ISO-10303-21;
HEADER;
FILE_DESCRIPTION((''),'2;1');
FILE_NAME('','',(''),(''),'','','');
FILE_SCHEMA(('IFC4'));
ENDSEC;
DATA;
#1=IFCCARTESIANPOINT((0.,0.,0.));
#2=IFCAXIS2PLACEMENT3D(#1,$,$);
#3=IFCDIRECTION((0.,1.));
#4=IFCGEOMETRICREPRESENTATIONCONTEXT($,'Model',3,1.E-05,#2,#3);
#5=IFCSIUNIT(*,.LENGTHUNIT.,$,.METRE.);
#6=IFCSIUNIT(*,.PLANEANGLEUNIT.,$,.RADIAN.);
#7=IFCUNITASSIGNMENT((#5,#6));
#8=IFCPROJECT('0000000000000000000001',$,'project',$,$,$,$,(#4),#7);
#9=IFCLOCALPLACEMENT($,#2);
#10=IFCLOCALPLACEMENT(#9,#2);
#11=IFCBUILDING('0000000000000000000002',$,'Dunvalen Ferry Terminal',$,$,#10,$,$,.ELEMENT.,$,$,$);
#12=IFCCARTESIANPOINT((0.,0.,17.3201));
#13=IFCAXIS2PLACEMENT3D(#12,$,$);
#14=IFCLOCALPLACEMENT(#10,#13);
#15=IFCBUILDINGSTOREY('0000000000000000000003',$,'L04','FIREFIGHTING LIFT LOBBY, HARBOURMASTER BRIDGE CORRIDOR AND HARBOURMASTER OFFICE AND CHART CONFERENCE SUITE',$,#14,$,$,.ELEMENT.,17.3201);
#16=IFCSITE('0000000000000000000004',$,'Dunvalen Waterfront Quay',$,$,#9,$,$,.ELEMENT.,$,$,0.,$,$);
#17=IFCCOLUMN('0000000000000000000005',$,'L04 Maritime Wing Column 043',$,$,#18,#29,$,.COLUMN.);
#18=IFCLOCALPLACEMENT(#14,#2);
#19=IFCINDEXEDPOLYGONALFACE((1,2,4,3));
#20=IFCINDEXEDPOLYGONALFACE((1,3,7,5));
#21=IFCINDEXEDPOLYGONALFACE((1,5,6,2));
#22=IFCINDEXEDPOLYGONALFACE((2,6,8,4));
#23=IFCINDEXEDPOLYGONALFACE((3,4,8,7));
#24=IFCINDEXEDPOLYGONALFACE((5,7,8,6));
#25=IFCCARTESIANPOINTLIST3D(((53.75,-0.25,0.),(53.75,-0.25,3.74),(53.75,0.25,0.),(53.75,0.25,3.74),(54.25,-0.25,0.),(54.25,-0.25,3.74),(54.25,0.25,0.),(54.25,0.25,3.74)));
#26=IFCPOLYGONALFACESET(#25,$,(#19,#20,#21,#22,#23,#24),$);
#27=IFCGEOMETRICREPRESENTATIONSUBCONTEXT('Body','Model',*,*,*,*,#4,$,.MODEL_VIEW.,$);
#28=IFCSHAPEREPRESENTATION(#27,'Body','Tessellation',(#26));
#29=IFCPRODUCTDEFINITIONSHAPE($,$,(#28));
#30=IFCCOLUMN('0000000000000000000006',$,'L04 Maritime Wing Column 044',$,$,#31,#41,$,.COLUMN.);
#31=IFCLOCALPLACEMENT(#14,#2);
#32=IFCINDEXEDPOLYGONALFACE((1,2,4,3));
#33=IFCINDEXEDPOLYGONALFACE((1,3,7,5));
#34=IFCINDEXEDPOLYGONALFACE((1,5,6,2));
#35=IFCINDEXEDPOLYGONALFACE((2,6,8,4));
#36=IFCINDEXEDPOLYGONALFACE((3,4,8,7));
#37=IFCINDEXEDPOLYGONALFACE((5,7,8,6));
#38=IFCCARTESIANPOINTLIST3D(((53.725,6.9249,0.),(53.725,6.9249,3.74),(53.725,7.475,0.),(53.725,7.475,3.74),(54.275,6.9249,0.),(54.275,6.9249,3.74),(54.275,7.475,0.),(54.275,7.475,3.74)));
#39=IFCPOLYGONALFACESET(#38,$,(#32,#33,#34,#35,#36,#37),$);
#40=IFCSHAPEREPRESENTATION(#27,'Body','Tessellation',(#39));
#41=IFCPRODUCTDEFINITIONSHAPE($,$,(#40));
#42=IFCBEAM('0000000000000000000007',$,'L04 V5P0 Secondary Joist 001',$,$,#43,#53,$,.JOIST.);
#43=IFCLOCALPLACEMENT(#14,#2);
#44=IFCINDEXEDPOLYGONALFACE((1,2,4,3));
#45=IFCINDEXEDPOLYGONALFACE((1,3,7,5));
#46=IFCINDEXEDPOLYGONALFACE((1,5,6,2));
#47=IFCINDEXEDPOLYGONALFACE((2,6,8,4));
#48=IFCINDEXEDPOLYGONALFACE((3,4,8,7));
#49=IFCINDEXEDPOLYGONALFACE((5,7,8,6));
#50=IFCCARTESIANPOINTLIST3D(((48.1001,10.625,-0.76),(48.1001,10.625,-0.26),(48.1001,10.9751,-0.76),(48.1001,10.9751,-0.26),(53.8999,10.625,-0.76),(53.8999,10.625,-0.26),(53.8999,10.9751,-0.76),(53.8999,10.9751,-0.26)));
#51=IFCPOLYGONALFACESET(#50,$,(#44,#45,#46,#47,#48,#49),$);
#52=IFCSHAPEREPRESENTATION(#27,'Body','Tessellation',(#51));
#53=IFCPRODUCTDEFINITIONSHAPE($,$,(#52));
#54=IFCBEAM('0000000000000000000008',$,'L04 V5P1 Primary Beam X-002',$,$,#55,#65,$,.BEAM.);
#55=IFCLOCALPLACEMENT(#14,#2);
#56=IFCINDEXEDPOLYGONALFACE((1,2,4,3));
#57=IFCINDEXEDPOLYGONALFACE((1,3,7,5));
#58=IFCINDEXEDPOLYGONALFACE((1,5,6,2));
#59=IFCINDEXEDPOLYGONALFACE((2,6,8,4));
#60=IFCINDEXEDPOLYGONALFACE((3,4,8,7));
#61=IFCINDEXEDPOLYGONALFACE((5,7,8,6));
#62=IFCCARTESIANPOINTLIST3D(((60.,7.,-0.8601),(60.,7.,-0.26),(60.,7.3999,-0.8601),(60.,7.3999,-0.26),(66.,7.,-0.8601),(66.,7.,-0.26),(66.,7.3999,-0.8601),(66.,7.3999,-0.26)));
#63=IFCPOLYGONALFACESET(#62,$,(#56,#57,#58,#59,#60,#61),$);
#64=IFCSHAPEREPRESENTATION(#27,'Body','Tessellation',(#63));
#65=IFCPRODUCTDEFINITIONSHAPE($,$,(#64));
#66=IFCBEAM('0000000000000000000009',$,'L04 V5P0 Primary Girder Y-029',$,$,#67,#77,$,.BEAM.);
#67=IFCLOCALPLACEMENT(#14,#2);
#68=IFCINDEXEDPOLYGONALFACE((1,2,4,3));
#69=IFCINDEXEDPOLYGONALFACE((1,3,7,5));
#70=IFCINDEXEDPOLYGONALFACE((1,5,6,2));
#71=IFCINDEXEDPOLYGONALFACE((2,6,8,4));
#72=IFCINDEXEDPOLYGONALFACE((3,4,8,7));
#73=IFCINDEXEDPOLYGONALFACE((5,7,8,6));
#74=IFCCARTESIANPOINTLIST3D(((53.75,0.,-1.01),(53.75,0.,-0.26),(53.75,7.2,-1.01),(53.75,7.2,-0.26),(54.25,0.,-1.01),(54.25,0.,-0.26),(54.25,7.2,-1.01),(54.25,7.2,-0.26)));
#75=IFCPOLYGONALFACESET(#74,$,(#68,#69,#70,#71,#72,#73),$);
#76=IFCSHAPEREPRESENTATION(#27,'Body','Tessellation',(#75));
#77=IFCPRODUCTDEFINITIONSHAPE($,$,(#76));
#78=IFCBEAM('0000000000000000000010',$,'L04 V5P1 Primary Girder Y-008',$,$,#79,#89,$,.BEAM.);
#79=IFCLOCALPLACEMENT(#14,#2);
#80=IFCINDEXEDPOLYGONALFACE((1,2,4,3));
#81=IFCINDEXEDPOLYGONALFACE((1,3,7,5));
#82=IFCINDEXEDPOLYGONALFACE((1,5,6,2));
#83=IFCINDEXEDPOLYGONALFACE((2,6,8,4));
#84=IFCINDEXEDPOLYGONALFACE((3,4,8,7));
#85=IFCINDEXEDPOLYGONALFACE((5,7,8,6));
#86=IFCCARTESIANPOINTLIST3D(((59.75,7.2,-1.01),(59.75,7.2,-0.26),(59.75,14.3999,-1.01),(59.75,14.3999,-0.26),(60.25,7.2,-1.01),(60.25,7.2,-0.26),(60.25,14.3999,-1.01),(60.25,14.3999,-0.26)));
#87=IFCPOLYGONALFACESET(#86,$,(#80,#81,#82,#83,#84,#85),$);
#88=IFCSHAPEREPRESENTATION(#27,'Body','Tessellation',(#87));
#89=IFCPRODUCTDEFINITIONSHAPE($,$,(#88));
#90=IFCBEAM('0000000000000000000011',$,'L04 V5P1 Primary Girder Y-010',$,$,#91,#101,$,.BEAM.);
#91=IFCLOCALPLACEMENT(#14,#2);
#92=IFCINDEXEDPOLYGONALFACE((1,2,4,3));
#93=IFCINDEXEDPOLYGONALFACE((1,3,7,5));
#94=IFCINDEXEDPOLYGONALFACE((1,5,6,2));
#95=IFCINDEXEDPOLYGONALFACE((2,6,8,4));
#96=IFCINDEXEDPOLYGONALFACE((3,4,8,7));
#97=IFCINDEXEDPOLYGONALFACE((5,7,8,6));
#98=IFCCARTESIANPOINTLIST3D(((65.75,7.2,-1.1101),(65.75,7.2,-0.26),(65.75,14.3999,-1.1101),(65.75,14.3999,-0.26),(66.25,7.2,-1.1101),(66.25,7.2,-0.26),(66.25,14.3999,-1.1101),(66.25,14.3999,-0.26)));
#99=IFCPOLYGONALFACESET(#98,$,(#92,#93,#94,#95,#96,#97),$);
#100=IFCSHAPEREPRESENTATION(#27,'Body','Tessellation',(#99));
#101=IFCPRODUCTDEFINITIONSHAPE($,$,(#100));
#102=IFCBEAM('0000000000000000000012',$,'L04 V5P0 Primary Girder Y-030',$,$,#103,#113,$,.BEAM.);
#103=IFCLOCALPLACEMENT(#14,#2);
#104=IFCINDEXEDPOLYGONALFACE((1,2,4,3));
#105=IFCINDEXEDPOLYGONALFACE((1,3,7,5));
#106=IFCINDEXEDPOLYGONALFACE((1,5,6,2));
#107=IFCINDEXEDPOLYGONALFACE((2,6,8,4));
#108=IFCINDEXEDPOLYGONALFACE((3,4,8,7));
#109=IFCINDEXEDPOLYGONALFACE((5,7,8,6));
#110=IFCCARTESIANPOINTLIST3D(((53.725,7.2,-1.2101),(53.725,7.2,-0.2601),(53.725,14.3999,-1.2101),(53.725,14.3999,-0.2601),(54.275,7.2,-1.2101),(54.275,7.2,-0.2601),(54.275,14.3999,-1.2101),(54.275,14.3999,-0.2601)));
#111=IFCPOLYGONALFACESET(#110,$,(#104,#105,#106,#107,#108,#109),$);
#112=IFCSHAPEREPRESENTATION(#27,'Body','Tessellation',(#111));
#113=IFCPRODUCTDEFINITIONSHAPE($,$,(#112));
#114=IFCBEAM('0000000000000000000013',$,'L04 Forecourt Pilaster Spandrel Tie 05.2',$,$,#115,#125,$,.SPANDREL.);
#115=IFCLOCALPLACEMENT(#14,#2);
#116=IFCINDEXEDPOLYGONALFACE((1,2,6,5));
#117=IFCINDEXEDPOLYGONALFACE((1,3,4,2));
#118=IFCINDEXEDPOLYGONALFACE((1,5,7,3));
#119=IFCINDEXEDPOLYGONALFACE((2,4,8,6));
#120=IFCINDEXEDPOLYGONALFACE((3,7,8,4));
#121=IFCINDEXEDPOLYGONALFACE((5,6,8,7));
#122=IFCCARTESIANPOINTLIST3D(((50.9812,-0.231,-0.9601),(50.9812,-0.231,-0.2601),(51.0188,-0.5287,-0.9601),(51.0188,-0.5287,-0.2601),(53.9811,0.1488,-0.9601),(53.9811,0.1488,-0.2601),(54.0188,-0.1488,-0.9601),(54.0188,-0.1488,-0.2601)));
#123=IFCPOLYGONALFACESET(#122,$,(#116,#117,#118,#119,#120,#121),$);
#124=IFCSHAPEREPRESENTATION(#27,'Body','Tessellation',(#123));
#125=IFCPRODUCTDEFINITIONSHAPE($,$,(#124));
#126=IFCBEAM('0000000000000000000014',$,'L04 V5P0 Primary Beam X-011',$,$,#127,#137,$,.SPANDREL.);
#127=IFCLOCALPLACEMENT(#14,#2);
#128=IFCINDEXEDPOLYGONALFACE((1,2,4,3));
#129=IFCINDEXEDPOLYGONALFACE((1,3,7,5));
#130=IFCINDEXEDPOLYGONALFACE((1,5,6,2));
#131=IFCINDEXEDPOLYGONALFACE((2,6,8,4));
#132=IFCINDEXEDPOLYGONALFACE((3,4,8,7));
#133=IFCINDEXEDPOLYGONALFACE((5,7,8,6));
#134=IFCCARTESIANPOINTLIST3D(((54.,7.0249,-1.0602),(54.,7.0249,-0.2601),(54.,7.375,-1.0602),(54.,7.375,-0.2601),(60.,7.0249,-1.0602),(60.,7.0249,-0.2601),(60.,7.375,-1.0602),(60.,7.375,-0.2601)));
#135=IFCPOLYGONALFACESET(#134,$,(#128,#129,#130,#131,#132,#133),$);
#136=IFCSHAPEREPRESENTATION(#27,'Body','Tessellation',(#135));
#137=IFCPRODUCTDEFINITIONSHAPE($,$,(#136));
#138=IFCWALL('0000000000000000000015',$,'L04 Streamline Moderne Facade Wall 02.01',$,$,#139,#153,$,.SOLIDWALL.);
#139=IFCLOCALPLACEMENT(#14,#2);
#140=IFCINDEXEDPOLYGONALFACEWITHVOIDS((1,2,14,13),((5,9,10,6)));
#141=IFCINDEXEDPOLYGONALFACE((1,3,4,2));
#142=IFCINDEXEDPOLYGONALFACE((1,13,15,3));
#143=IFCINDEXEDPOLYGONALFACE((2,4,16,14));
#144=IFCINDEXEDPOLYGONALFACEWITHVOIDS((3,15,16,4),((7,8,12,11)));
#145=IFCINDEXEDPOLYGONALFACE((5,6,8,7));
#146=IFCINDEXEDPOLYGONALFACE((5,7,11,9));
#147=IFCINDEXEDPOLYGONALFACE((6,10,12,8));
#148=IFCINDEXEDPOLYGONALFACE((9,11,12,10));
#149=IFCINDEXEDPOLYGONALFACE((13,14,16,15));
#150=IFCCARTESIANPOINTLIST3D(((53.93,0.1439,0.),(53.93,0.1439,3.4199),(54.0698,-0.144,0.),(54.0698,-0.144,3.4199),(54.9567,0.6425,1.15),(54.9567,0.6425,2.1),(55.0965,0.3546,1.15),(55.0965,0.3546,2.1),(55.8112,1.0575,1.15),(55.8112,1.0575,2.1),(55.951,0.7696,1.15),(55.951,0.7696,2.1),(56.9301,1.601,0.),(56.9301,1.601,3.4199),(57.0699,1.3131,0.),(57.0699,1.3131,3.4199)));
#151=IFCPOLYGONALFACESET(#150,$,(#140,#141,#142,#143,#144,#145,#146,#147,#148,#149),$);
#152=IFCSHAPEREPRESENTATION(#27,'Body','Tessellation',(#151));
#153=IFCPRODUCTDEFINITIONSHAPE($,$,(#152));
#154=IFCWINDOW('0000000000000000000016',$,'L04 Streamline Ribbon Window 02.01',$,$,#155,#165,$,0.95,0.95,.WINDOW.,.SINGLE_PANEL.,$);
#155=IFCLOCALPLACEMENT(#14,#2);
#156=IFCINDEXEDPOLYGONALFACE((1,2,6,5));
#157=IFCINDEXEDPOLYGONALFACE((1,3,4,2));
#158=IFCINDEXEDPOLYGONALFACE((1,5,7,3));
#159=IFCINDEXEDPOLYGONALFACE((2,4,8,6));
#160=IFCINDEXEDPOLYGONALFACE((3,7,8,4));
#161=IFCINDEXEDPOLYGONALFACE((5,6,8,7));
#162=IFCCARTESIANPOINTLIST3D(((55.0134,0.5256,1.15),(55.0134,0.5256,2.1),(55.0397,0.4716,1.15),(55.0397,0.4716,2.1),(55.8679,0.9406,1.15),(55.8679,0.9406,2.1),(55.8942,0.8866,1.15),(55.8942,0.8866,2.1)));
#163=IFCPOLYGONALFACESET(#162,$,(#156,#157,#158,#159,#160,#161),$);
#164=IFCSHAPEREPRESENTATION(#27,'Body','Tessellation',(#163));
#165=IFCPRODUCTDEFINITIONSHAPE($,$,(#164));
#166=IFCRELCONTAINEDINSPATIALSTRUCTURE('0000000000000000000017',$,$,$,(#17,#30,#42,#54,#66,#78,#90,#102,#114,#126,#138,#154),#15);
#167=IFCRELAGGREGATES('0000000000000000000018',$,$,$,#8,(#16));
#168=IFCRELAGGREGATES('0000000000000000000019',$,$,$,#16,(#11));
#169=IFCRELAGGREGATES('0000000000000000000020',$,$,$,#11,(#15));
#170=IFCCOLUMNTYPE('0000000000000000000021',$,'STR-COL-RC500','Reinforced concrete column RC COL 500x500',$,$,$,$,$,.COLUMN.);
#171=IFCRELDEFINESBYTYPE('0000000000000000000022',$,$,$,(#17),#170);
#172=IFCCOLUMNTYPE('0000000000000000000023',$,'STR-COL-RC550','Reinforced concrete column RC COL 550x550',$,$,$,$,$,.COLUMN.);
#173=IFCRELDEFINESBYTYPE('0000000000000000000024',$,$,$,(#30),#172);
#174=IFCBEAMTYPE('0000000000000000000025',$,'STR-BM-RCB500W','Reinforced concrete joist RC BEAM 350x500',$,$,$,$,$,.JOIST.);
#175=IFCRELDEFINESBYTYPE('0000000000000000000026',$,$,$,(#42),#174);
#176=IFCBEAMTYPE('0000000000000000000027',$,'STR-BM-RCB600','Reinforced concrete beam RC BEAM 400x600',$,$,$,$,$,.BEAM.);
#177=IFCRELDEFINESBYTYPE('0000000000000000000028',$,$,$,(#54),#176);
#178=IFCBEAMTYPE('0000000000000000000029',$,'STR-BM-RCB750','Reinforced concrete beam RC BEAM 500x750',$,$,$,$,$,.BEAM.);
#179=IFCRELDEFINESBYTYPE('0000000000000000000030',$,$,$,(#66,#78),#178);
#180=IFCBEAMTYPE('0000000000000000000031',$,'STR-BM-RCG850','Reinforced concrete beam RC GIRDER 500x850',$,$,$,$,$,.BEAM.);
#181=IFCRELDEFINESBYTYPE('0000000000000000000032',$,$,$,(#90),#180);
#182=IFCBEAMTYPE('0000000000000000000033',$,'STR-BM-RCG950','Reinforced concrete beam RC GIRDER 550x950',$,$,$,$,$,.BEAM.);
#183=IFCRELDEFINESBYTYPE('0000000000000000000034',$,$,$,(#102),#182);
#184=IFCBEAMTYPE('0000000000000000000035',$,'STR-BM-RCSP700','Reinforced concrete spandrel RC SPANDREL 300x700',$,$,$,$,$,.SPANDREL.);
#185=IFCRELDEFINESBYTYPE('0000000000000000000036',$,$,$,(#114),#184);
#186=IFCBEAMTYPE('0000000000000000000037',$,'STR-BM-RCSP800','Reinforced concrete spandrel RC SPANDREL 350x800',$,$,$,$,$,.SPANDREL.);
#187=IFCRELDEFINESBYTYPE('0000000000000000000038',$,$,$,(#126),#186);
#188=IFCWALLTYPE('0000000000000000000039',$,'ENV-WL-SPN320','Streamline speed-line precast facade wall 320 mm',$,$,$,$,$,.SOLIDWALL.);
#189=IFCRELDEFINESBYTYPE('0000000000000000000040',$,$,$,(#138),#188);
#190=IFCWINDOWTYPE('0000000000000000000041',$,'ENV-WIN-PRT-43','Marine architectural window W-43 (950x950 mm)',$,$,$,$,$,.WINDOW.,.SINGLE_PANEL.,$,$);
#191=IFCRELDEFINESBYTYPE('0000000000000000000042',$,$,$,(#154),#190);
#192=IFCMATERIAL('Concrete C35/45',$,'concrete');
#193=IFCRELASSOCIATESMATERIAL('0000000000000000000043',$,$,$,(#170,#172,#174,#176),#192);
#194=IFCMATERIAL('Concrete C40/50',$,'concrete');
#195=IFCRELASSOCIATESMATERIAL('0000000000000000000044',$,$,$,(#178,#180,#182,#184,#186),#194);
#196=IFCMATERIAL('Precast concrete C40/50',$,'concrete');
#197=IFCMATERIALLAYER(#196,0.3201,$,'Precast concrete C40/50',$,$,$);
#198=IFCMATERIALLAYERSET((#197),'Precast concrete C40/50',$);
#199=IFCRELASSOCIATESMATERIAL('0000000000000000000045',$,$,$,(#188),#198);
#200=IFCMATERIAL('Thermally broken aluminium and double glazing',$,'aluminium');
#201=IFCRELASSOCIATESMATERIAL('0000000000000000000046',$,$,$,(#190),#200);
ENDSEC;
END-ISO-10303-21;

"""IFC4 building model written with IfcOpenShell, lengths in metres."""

from ifc_helpers import new_model, si_unit, direction, frame, frame_2d, origin, origin_2d, place, context, subcontext, project, spatial, rectangle, extrude, material, layer, layer_set, material_profile, profile_set, type_object, element, fill, save


model = new_model("IFC4")

# Units and contexts
model_context = context("Model", 3, precision=1e-05, world=origin(), true_north=direction((0.0, 1.0)))
body_context = subcontext(model_context, "Body", "Model", "MODEL_VIEW")
ifc_project = project(units=[si_unit("LENGTHUNIT", "METRE"), si_unit("PLANEANGLEUNIT", "RADIAN")], contexts=[model_context])

# Site, building, storey
site_placement = place(None, origin())
site = spatial("IfcSite", under=ifc_project, at=site_placement, Name="Dunvalen Waterfront Quay", CompositionType="ELEMENT", RefElevation=0.0)
building_placement = place(site_placement, origin())
building = spatial("IfcBuilding", under=site, at=building_placement, Name="Dunvalen Ferry Terminal", CompositionType="ELEMENT")
storey_placement = place(building_placement, frame((0.0, 0.0, 17.3201)))
storey = spatial("IfcBuildingStorey", under=building, at=storey_placement, Name="L04", Description="FIREFIGHTING LIFT LOBBY, HARBOURMASTER BRIDGE CORRIDOR AND HARBOURMASTER OFFICE AND CHART CONFERENCE SUITE", CompositionType="ELEMENT", Elevation=17.3201)

# Columns
ifc_material_1 = material(Name="Concrete C35/45", Category="concrete")
ifc_material_profile_1 = material_profile(ifc_material_1, rectangle(XDim=0.5, YDim=0.5, at=origin_2d()), Name="Concrete C35/45")
ifc_profile_set_1 = profile_set([ifc_material_profile_1], Name="Concrete C35/45")
column_type_1 = type_object("IfcColumnType", Name="STR-COL-RC500", Description="Reinforced concrete column RC COL 500x500", PredefinedType="COLUMN", material=ifc_profile_set_1)
column_1_placement = place(storey_placement, frame((54.0, 0.0, 0.0), z_axis=(0.0, 0.0, 1.0), x_axis=(1.0, 0.0, 0.0)))
element("IfcColumn", 1, at=column_1_placement, inside=storey, type_object=column_type_1, Name="L04 Maritime Wing Column 043", PredefinedType="COLUMN", context=body_context, shape_type="SweptSolid", body=[
    extrude(rectangle(XDim=0.5, YDim=0.5, at=origin_2d()), origin(), (0.0, 0.0, 1.0), 3.74),
])
ifc_material_profile_2 = material_profile(ifc_material_1, rectangle(XDim=0.55, YDim=0.55, at=origin_2d()), Name="Concrete C35/45")
ifc_profile_set_2 = profile_set([ifc_material_profile_2], Name="Concrete C35/45")
column_type_2 = type_object("IfcColumnType", Name="STR-COL-RC550", Description="Reinforced concrete column RC COL 550x550", PredefinedType="COLUMN", material=ifc_profile_set_2)
column_2_placement = place(storey_placement, frame((54.0, 7.2, 0.0), z_axis=(0.0, 0.0, 1.0), x_axis=(1.0, 0.0, 0.0)))
element("IfcColumn", 2, at=column_2_placement, inside=storey, type_object=column_type_2, Name="L04 Maritime Wing Column 044", PredefinedType="COLUMN", context=body_context, shape_type="SweptSolid", body=[
    extrude(rectangle(XDim=0.55, YDim=0.55, at=origin_2d()), origin(), (0.0, 0.0, 1.0), 3.74),
])

# Beams
ifc_material_profile_3 = material_profile(ifc_material_1, rectangle(XDim=0.3501, YDim=0.5, at=origin_2d()), Name="Concrete C35/45")
ifc_profile_set_3 = profile_set([ifc_material_profile_3], Name="Concrete C35/45")
beam_type_1 = type_object("IfcBeamType", Name="STR-BM-RCB500W", Description="Reinforced concrete joist RC BEAM 350x500", PredefinedType="JOIST", material=ifc_profile_set_3)
beam_1_placement = place(storey_placement, frame((48.1001, 10.8, -0.51), z_axis=(1.0, 0.0, 0.0), x_axis=(0.0, 1.0, 0.0)))
element("IfcBeam", 3, at=beam_1_placement, inside=storey, type_object=beam_type_1, Name="L04 V5P0 Secondary Joist 001", PredefinedType="JOIST", context=body_context, shape_type="SweptSolid", body=[
    extrude(rectangle(XDim=0.3501, YDim=0.5, at=origin_2d()), origin(), (0.0, 0.0, 1.0), 5.7998),
])
ifc_material_profile_4 = material_profile(ifc_material_1, rectangle(XDim=0.3999, YDim=0.6001, at=origin_2d()), Name="Concrete C35/45")
ifc_profile_set_4 = profile_set([ifc_material_profile_4], Name="Concrete C35/45")
beam_type_2 = type_object("IfcBeamType", Name="STR-BM-RCB600", Description="Reinforced concrete beam RC BEAM 400x600", PredefinedType="BEAM", material=ifc_profile_set_4)
beam_2_placement = place(storey_placement, frame((60.0, 7.2, -0.5601), z_axis=(1.0, 0.0, 0.0), x_axis=(0.0, 1.0, 0.0)))
element("IfcBeam", 4, at=beam_2_placement, inside=storey, type_object=beam_type_2, Name="L04 V5P1 Primary Beam X-002", PredefinedType="BEAM", context=body_context, shape_type="SweptSolid", body=[
    extrude(rectangle(XDim=0.3999, YDim=0.6001, at=origin_2d()), origin(), (0.0, 0.0, 1.0), 6.0),
])
ifc_material_2 = material(Name="Concrete C40/50", Category="concrete")
ifc_material_profile_5 = material_profile(ifc_material_2, rectangle(XDim=0.5, YDim=0.75, at=origin_2d()), Name="Concrete C40/50")
ifc_profile_set_5 = profile_set([ifc_material_profile_5], Name="Concrete C40/50")
beam_type_3 = type_object("IfcBeamType", Name="STR-BM-RCB750", Description="Reinforced concrete beam RC BEAM 500x750", PredefinedType="BEAM", material=ifc_profile_set_5)
for number, where, z_axis, x_axis, name in (
    (5, (54.0, 0.0, -0.635), (0.0, 1.0, 0.0), (-1.0, 0.0, 0.0), "L04 V5P0 Primary Girder Y-029"),
    (6, (60.0, 7.2, -0.635), (0.0, 1.0, 0.0), (-1.0, 0.0, 0.0), "L04 V5P1 Primary Girder Y-008"),
):
    element("IfcBeam", number, at=place(storey_placement, frame(where, z_axis=z_axis, x_axis=x_axis)), inside=storey, type_object=beam_type_3, Name=name, PredefinedType="BEAM", context=body_context, shape_type="SweptSolid", body=[
        extrude(rectangle(XDim=0.5, YDim=0.75, at=origin_2d()), origin(), (0.0, 0.0, 1.0), 7.2),
    ])
ifc_material_profile_6 = material_profile(ifc_material_2, rectangle(XDim=0.5, YDim=0.8501, at=origin_2d()), Name="Concrete C40/50")
ifc_profile_set_6 = profile_set([ifc_material_profile_6], Name="Concrete C40/50")
beam_type_4 = type_object("IfcBeamType", Name="STR-BM-RCG850", Description="Reinforced concrete beam RC GIRDER 500x850", PredefinedType="BEAM", material=ifc_profile_set_6)
beam_3_placement = place(storey_placement, frame((66.0, 7.2, -0.6851), z_axis=(0.0, 1.0, 0.0), x_axis=(-1.0, 0.0, 0.0)))
element("IfcBeam", 7, at=beam_3_placement, inside=storey, type_object=beam_type_4, Name="L04 V5P1 Primary Girder Y-010", PredefinedType="BEAM", context=body_context, shape_type="SweptSolid", body=[
    extrude(rectangle(XDim=0.5, YDim=0.8501, at=origin_2d()), origin(), (0.0, 0.0, 1.0), 7.2),
])
ifc_material_profile_7 = material_profile(ifc_material_2, rectangle(XDim=0.55, YDim=0.95, at=origin_2d()), Name="Concrete C40/50")
ifc_profile_set_7 = profile_set([ifc_material_profile_7], Name="Concrete C40/50")
beam_type_5 = type_object("IfcBeamType", Name="STR-BM-RCG950", Description="Reinforced concrete beam RC GIRDER 550x950", PredefinedType="BEAM", material=ifc_profile_set_7)
beam_4_placement = place(storey_placement, frame((54.0, 7.2, -0.7351), z_axis=(0.0, 1.0, 0.0), x_axis=(-1.0, 0.0, 0.0)))
element("IfcBeam", 8, at=beam_4_placement, inside=storey, type_object=beam_type_5, Name="L04 V5P0 Primary Girder Y-030", PredefinedType="BEAM", context=body_context, shape_type="SweptSolid", body=[
    extrude(rectangle(XDim=0.55, YDim=0.95, at=origin_2d()), origin(), (0.0, 0.0, 1.0), 7.2),
])
ifc_material_profile_8 = material_profile(ifc_material_2, rectangle(XDim=0.3, YDim=0.7, at=origin_2d()), Name="Concrete C40/50")
ifc_profile_set_8 = profile_set([ifc_material_profile_8], Name="Concrete C40/50")
beam_type_6 = type_object("IfcBeamType", Name="STR-BM-RCSP700", Description="Reinforced concrete spandrel RC SPANDREL 300x700", PredefinedType="SPANDREL", material=ifc_profile_set_8)
beam_5_placement = place(storey_placement, frame((51.0, -0.3799, -0.6101), z_axis=(0.992078, 0.125624, 0.0), x_axis=(-0.125624, 0.992078, 0.0)))
element("IfcBeam", 9, at=beam_5_placement, inside=storey, type_object=beam_type_6, Name="L04 Forecourt Pilaster Spandrel Tie 05.2", PredefinedType="SPANDREL", context=body_context, shape_type="SweptSolid", body=[
    extrude(rectangle(XDim=0.3, YDim=0.7, at=origin_2d()), origin(), (0.0, 0.0, 1.0), 3.0239),
])
ifc_material_profile_9 = material_profile(ifc_material_2, rectangle(XDim=0.3501, YDim=0.8, at=origin_2d()), Name="Concrete C40/50")
ifc_profile_set_9 = profile_set([ifc_material_profile_9], Name="Concrete C40/50")
beam_type_7 = type_object("IfcBeamType", Name="STR-BM-RCSP800", Description="Reinforced concrete spandrel RC SPANDREL 350x800", PredefinedType="SPANDREL", material=ifc_profile_set_9)
beam_6_placement = place(storey_placement, frame((54.0, 7.2, -0.6602), z_axis=(1.0, 0.0, 0.0), x_axis=(0.0, 1.0, 0.0)))
element("IfcBeam", 10, at=beam_6_placement, inside=storey, type_object=beam_type_7, Name="L04 V5P0 Primary Beam X-011", PredefinedType="SPANDREL", context=body_context, shape_type="SweptSolid", body=[
    extrude(rectangle(XDim=0.3501, YDim=0.8, at=origin_2d()), origin(), (0.0, 0.0, 1.0), 6.0),
])

# Wall, opening, window
ifc_material_3 = material(Name="Precast concrete C40/50", Category="concrete")
ifc_layer_1 = layer(ifc_material_3, 0.3201, Name="Precast concrete C40/50")
ifc_layer_set_1 = layer_set([ifc_layer_1], Name="Precast concrete C40/50")
wall_type = type_object("IfcWallType", Name="ENV-WL-SPN320", Description="Streamline speed-line precast facade wall 320 mm", PredefinedType="SOLIDWALL", material=ifc_layer_set_1)
wall_1_placement = place(storey_placement, frame((54.0, 0.0, 0.0), z_axis=(0.0, 0.0, 1.0), x_axis=(0.899521, 0.436877, 0.0)))
wall_1 = element("IfcWall", 11, at=wall_1_placement, inside=storey, type_object=wall_type, Name="L04 Streamline Moderne Facade Wall 02.01", PredefinedType="SOLIDWALL", context=body_context, shape_type="SweptSolid", body=[
    extrude(rectangle(XDim=3.3352, YDim=0.3201, at=frame_2d((1.6675, 0.0))), origin(), (0.0, 0.0, 1.0), 3.4199),
])
opening_1_placement = place(wall_1_placement, frame((1.1411, 0.0, 1.1499)))
opening_1 = element("IfcOpeningElement", 12, at=opening_1_placement, cuts=wall_1, PredefinedType="OPENING", context=body_context, shape_type="SweptSolid", body=[
    extrude(rectangle(XDim=0.95, YDim=0.95, at=frame_2d((0.4751, 0.4751))), frame((0.0, 0.1699, 0.0), z_axis=(0.0, -1.0, 0.0), x_axis=(1.0, 0.0, 0.0)), (0.0, 0.0, 1.0), 0.3401),
])
ifc_material_4 = material(Name="Thermally broken aluminium and double glazing", Category="aluminium")
window_type_1 = type_object("IfcWindowType", Name="ENV-WIN-PRT-43", Description="Marine architectural window W-43 (950x950 mm)", PartitioningType="SINGLE_PANEL", PredefinedType="WINDOW", material=ifc_material_4)
window_1_placement = place(opening_1_placement, origin())
window_1 = element("IfcWindow", 13, at=window_1_placement, inside=storey, type_object=window_type_1, Name="L04 Streamline Ribbon Window 02.01", OverallHeight=0.95, OverallWidth=0.95, PartitioningType="SINGLE_PANEL", PredefinedType="WINDOW", context=body_context, shape_type="SweptSolid", body=[
    extrude(rectangle(XDim=0.95, YDim=0.95, at=frame_2d((0.4751, 0.4751))), frame((0.0, 0.03, 0.0), z_axis=(0.0, -1.0, 0.0), x_axis=(1.0, 0.0, 0.0)), (0.0, 0.0, 1.0), 0.0601),
])
fill(opening_1, window_1)

save(model, "model.ifc")
